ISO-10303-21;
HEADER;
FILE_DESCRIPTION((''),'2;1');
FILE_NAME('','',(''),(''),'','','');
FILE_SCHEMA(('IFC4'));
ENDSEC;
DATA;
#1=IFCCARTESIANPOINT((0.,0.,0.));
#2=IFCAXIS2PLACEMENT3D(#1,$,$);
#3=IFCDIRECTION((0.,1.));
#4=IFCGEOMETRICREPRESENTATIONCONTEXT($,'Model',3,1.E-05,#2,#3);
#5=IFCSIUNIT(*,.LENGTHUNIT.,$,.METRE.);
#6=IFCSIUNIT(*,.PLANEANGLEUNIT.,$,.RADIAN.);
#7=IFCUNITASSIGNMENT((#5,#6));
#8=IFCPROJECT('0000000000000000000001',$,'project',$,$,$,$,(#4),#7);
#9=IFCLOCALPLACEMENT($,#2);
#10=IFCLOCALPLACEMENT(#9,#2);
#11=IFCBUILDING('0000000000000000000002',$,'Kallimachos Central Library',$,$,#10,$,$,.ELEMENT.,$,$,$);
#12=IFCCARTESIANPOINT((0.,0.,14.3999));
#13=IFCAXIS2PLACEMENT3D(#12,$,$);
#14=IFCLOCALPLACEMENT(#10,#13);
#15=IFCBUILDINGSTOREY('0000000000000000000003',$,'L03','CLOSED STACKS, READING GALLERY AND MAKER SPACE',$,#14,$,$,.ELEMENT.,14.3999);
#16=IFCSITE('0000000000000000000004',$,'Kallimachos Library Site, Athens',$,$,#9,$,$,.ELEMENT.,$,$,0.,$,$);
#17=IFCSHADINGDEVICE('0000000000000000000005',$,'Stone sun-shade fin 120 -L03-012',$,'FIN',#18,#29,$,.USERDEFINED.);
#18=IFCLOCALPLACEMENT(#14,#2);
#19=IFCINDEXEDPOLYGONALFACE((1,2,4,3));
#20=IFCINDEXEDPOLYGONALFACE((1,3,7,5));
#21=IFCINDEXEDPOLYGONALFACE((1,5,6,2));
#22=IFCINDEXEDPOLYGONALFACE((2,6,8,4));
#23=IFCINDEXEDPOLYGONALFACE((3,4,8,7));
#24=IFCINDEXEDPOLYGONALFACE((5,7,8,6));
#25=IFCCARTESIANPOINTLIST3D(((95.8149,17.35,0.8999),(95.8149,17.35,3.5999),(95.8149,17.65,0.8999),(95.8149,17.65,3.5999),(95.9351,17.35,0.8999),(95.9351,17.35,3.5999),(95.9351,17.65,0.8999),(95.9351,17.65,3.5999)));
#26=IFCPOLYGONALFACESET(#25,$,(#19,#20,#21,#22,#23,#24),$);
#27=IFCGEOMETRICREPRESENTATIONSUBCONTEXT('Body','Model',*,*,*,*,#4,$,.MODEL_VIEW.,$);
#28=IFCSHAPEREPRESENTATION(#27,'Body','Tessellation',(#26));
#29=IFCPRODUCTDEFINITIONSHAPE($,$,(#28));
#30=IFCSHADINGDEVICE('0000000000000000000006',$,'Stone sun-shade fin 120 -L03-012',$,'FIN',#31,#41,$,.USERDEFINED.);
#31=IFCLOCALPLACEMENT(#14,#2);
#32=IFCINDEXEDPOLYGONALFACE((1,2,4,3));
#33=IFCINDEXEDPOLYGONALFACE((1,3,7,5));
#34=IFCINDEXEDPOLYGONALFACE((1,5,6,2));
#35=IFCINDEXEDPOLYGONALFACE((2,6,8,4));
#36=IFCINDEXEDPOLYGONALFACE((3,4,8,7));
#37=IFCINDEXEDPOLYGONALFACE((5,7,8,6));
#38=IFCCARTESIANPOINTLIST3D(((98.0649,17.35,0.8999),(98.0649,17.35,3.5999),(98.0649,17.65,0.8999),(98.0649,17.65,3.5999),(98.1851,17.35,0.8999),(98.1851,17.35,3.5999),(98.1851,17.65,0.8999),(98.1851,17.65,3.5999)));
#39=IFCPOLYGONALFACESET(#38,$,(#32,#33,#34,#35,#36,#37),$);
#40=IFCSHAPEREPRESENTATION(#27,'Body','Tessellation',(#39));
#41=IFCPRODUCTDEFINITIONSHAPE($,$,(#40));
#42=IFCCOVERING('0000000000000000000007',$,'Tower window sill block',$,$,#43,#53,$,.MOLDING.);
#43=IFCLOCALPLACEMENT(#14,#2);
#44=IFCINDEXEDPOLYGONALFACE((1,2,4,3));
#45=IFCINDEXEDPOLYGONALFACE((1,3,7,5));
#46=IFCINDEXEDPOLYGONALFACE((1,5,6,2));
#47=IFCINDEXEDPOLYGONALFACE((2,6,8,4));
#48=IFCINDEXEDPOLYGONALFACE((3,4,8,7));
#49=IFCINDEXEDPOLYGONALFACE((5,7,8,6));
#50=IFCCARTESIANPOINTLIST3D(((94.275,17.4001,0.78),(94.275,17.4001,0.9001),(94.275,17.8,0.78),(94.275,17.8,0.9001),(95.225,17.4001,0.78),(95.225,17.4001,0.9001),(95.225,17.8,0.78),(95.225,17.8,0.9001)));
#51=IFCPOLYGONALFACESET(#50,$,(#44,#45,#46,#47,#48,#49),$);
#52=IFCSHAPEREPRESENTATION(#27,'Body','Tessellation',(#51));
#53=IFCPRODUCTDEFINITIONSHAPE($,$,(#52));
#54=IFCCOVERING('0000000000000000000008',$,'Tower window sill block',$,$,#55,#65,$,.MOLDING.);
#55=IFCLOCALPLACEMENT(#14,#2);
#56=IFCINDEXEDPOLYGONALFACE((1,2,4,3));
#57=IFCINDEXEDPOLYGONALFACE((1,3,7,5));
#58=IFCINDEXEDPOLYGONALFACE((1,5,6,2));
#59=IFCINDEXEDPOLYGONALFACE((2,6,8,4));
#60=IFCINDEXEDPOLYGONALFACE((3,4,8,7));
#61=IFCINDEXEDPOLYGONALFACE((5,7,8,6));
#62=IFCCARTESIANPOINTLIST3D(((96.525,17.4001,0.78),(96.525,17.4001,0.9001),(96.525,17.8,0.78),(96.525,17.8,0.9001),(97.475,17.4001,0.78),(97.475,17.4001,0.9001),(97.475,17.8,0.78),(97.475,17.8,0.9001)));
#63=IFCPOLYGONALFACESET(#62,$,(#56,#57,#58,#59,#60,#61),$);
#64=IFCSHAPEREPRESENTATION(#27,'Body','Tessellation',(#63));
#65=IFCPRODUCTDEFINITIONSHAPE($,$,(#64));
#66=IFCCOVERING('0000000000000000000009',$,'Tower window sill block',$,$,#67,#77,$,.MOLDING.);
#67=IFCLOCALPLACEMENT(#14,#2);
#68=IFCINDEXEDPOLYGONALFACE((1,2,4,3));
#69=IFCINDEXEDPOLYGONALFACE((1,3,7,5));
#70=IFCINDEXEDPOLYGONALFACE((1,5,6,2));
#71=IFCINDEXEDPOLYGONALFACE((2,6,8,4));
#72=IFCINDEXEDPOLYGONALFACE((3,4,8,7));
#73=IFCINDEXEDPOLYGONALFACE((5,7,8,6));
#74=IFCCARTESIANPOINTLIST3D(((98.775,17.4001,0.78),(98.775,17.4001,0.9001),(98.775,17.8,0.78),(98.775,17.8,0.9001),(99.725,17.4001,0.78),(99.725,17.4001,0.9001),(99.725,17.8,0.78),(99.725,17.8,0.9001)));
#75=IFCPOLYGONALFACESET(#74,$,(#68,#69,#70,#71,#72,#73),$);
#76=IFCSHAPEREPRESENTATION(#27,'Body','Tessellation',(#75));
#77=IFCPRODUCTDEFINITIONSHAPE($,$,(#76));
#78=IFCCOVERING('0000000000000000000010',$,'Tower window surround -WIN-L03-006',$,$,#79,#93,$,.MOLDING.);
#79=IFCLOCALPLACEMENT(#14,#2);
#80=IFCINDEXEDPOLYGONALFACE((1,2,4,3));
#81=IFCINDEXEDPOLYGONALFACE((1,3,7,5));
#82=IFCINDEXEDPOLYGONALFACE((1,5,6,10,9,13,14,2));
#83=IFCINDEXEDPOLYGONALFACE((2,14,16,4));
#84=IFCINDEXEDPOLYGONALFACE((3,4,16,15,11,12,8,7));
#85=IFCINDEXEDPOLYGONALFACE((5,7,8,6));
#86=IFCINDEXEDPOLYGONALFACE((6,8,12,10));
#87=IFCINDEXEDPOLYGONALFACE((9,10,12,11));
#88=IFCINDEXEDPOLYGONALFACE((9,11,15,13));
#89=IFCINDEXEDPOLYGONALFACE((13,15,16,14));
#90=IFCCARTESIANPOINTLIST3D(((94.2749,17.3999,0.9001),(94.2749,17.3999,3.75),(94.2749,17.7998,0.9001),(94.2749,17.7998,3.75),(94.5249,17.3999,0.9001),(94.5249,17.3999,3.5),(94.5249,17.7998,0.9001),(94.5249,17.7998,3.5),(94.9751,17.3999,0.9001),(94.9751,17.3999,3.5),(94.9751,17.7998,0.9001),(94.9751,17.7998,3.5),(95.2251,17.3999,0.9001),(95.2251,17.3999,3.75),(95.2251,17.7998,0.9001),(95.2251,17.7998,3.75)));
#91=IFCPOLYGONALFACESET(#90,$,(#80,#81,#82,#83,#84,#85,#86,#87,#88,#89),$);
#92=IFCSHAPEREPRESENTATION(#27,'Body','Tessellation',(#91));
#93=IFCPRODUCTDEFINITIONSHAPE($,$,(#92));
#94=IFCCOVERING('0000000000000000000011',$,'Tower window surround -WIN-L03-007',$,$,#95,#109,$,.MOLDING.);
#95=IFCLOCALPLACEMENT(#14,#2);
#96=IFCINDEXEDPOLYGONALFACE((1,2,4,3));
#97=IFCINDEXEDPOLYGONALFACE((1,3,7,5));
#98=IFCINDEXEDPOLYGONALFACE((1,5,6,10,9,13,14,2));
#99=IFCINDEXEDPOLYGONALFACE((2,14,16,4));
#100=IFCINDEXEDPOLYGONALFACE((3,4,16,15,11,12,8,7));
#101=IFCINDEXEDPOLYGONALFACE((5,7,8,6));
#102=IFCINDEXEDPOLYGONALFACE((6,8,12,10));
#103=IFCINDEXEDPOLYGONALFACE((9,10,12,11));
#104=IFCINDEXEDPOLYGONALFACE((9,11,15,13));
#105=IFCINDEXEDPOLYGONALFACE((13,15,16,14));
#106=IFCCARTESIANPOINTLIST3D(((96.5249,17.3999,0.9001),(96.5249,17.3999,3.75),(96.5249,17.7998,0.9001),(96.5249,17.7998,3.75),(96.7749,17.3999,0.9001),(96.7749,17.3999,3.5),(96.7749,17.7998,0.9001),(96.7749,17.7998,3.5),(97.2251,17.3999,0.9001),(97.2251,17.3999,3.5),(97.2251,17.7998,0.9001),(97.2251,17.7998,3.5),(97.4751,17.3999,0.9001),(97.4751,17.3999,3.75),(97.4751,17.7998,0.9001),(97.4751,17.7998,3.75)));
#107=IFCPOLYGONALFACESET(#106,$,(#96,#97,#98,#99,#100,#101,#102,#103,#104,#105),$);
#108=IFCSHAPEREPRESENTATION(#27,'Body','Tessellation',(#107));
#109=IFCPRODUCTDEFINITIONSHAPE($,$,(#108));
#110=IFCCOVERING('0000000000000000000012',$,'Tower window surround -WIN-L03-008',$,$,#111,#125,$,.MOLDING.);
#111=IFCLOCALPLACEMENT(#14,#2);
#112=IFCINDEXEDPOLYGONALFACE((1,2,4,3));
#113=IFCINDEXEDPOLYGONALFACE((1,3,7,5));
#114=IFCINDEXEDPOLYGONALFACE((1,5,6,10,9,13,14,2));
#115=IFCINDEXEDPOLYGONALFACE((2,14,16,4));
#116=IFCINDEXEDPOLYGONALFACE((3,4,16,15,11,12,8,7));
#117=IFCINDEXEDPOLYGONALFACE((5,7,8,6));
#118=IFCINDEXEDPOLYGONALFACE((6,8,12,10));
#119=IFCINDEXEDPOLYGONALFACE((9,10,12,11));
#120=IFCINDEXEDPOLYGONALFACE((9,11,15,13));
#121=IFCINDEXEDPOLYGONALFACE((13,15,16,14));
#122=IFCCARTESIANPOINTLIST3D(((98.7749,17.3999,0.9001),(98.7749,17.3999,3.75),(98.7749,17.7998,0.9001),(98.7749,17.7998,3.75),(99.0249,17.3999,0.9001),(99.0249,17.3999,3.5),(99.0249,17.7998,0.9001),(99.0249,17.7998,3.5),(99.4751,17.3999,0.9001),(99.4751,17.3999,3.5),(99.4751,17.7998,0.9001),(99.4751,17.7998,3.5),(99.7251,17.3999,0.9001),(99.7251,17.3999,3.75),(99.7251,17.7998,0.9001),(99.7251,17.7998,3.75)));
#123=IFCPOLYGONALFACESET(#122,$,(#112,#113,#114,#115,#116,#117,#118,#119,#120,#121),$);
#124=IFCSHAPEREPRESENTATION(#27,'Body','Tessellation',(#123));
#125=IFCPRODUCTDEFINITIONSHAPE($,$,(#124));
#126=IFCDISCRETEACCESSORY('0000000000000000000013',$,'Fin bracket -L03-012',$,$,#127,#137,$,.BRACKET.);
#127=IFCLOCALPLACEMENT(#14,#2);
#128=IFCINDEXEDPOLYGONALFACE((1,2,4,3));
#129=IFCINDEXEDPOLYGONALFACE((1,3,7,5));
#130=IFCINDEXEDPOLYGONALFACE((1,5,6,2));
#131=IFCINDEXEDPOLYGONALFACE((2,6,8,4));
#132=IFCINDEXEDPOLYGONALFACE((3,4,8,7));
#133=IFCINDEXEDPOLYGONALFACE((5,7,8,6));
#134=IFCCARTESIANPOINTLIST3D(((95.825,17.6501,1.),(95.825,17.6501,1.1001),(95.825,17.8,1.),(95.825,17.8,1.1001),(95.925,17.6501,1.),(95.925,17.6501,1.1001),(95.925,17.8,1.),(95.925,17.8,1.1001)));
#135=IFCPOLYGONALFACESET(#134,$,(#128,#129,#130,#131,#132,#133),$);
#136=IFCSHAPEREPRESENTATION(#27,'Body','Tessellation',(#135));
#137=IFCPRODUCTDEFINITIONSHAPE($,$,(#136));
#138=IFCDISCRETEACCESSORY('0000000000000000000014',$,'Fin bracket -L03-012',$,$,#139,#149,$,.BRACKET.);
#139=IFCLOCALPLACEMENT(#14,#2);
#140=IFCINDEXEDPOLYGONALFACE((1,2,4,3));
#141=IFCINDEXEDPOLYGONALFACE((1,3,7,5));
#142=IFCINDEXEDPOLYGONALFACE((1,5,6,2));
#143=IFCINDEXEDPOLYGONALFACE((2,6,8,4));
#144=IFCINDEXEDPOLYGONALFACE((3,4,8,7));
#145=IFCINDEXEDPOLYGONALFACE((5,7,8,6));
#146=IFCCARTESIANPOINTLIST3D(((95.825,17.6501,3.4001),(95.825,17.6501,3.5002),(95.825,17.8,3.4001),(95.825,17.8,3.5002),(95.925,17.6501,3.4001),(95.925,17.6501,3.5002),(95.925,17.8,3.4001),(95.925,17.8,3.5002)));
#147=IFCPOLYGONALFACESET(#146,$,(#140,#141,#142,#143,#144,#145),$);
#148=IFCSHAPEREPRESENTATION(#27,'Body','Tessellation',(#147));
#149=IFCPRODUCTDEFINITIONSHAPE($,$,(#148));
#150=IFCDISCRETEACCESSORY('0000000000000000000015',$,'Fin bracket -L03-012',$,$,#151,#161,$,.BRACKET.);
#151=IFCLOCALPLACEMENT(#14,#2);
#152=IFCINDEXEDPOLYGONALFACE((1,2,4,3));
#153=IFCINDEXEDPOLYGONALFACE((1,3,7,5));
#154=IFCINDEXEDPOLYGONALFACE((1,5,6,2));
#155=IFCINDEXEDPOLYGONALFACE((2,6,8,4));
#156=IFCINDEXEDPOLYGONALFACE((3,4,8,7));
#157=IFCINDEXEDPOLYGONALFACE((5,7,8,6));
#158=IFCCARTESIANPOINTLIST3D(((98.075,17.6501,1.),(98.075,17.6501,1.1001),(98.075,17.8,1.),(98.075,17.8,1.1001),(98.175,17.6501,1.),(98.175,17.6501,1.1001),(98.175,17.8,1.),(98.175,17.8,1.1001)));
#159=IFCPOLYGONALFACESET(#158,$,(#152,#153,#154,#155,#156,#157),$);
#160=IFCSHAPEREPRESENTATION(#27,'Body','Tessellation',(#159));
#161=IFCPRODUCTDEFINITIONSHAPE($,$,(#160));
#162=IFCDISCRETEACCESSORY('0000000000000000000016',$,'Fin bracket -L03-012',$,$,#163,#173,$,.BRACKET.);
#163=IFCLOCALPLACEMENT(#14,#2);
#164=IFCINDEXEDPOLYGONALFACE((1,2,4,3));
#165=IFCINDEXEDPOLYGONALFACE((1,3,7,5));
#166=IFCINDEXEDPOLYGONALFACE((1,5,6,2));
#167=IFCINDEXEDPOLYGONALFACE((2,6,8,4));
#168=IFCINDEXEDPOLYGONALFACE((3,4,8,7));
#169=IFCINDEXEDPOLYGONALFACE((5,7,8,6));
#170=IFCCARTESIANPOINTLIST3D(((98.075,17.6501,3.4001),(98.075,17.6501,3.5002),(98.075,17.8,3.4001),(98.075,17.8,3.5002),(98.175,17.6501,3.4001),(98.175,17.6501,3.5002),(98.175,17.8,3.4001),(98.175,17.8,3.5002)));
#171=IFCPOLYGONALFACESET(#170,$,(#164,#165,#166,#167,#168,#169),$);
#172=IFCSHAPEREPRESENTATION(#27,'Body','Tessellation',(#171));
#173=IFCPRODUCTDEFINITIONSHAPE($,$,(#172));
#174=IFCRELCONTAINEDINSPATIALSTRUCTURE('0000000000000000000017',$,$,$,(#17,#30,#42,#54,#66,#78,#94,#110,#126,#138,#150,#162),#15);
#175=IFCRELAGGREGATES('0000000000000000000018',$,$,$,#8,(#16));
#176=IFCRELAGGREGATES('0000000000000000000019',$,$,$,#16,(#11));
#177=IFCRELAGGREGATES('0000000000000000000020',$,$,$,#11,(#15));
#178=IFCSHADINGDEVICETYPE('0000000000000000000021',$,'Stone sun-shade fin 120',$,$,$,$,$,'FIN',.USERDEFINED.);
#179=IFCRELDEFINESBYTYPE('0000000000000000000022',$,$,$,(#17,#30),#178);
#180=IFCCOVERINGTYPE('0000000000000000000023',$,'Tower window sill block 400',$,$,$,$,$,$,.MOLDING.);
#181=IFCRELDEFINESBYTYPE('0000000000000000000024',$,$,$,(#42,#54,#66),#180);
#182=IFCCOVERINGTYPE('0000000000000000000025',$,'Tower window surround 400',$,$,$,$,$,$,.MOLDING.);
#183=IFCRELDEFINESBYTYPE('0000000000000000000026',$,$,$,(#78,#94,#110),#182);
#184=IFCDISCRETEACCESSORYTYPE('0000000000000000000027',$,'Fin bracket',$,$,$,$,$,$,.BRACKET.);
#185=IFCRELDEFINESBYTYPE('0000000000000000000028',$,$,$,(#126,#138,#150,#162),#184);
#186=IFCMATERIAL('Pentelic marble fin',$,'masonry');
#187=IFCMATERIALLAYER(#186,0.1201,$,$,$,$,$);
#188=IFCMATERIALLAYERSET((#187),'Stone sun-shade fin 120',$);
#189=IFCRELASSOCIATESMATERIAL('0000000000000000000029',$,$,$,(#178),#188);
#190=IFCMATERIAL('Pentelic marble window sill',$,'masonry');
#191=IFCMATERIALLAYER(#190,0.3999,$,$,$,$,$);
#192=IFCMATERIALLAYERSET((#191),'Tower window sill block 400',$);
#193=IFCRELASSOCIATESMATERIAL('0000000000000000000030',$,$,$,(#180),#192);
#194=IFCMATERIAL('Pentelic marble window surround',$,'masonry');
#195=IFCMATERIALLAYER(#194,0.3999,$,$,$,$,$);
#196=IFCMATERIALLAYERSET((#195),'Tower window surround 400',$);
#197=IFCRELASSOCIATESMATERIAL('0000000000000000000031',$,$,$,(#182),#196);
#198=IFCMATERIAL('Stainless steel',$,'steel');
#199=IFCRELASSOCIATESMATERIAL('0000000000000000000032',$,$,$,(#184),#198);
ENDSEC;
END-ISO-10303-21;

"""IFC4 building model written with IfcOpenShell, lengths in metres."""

from ifc_helpers import new_model, si_unit, direction, frame, origin, origin_2d, place, context, subcontext, project, spatial, polyline, rectangle, outline, extrude, material, layer, layer_set, type_object, element, save


model = new_model("IFC4")

# Units and contexts
model_context = context("Model", 3, precision=1e-05, world=origin(), true_north=direction((0.0, 1.0)))
body_context = subcontext(model_context, "Body", "Model", "MODEL_VIEW")
ifc_project = project(units=[si_unit("LENGTHUNIT", "METRE"), si_unit("PLANEANGLEUNIT", "RADIAN")], contexts=[model_context])

# Site, building, storey
site_placement = place(None, origin())
site = spatial("IfcSite", under=ifc_project, at=site_placement, Name="Kallimachos Library Site, Athens", CompositionType="ELEMENT", RefElevation=0.0)
building_placement = place(site_placement, origin())
building = spatial("IfcBuilding", under=site, at=building_placement, Name="Kallimachos Central Library", CompositionType="ELEMENT")
storey_placement = place(building_placement, frame((0.0, 0.0, 14.3999)))
storey = spatial("IfcBuildingStorey", under=building, at=storey_placement, Name="L03", Description="CLOSED STACKS, READING GALLERY AND MAKER SPACE", CompositionType="ELEMENT", Elevation=14.3999)

# Shading devices
ifc_material_1 = material(Name="Pentelic marble fin", Category="masonry")
ifc_layer_1 = layer(ifc_material_1, 0.1201)
ifc_layer_set_1 = layer_set([ifc_layer_1], Name="Stone sun-shade fin 120")
shading_device_type = type_object("IfcShadingDeviceType", Name="Stone sun-shade fin 120", ElementType="FIN", PredefinedType="USERDEFINED", material=ifc_layer_set_1)
for number, where, z_axis, x_axis, name in (
    (1, (95.875, 17.5, 0.8999), (0.0, 0.0, 1.0), (1.0, 0.0, 0.0), "Stone sun-shade fin 120 -L03-012"),
    (2, (98.125, 17.5, 0.8999), (0.0, 0.0, 1.0), (1.0, 0.0, 0.0), "Stone sun-shade fin 120 -L03-012"),
):
    element("IfcShadingDevice", number, at=place(storey_placement, frame(where, z_axis=z_axis, x_axis=x_axis)), inside=storey, type_object=shading_device_type, Name=name, ObjectType="FIN", PredefinedType="USERDEFINED", context=body_context, shape_type="SweptSolid", body=[
        extrude(rectangle(XDim=0.1201, YDim=0.3, at=origin_2d()), origin(), (0.0, 0.0, 1.0), 2.7),
    ])

# Coverings
ifc_material_2 = material(Name="Pentelic marble window sill", Category="masonry")
ifc_layer_2 = layer(ifc_material_2, 0.3999)
ifc_layer_set_2 = layer_set([ifc_layer_2], Name="Tower window sill block 400")
covering_type_1 = type_object("IfcCoveringType", Name="Tower window sill block 400", PredefinedType="MOLDING", material=ifc_layer_set_2)
for number, where, z_axis, x_axis, name in (
    (3, (94.75, 17.6001, 0.78), (0.0, 0.0, 1.0), (1.0, 0.0, 0.0), "Tower window sill block"),
    (4, (97.0, 17.6001, 0.78), (0.0, 0.0, 1.0), (1.0, 0.0, 0.0), "Tower window sill block"),
    (5, (99.25, 17.6001, 0.78), (0.0, 0.0, 1.0), (1.0, 0.0, 0.0), "Tower window sill block"),
):
    element("IfcCovering", number, at=place(storey_placement, frame(where, z_axis=z_axis, x_axis=x_axis)), inside=storey, type_object=covering_type_1, Name=name, PredefinedType="MOLDING", context=body_context, shape_type="SweptSolid", body=[
        extrude(rectangle(XDim=0.95, YDim=0.3999, at=origin_2d()), origin(), (0.0, 0.0, 1.0), 0.1201),
    ])
ifc_material_3 = material(Name="Pentelic marble window surround", Category="masonry")
ifc_layer_3 = layer(ifc_material_3, 0.3999)
ifc_layer_set_3 = layer_set([ifc_layer_3], Name="Tower window surround 400")
covering_type_2 = type_object("IfcCoveringType", Name="Tower window surround 400", PredefinedType="MOLDING", material=ifc_layer_set_3)
for number, where, z_axis, x_axis, name in (
    (6, (94.5249, 17.3999, 0.9001), (0.0, -1.0, 0.0), (0.0, 0.0, 1.0), "Tower window surround -WIN-L03-006"),
    (7, (96.7749, 17.3999, 0.9001), (0.0, -1.0, 0.0), (0.0, 0.0, 1.0), "Tower window surround -WIN-L03-007"),
    (8, (99.0249, 17.3999, 0.9001), (0.0, -1.0, 0.0), (0.0, 0.0, 1.0), "Tower window surround -WIN-L03-008"),
):
    element("IfcCovering", number, at=place(storey_placement, frame(where, z_axis=z_axis, x_axis=x_axis)), inside=storey, type_object=covering_type_2, Name=name, PredefinedType="MOLDING", context=body_context, shape_type="SweptSolid", body=[
        extrude(outline(polyline([(0.0, 0.0), (2.5999, 0.0), (2.5999, -0.4502), (0.0, -0.4502), (0.0, -0.7002), (2.8499, -0.7002), (2.8499, 0.25), (0.0, 0.25), (0.0, 0.0)])), origin(), (0.0, 0.0, -1.0), 0.3999),
    ])

# Discrete accessories
ifc_material_4 = material(Name="Stainless steel", Category="steel")
discrete_accessory_type = type_object("IfcDiscreteAccessoryType", Name="Fin bracket", PredefinedType="BRACKET", material=ifc_material_4)
for number, where, z_axis, x_axis, name in (
    (9, (95.875, 17.7251, 1.0), (0.0, 0.0, 1.0), (1.0, 0.0, 0.0), "Fin bracket -L03-012"),
    (10, (95.875, 17.7251, 3.4001), (0.0, 0.0, 1.0), (1.0, 0.0, 0.0), "Fin bracket -L03-012"),
    (11, (98.125, 17.7251, 1.0), (0.0, 0.0, 1.0), (1.0, 0.0, 0.0), "Fin bracket -L03-012"),
    (12, (98.125, 17.7251, 3.4001), (0.0, 0.0, 1.0), (1.0, 0.0, 0.0), "Fin bracket -L03-012"),
):
    element("IfcDiscreteAccessory", number, at=place(storey_placement, frame(where, z_axis=z_axis, x_axis=x_axis)), inside=storey, type_object=discrete_accessory_type, Name=name, PredefinedType="BRACKET", context=body_context, shape_type="SweptSolid", body=[
        extrude(rectangle(XDim=0.1001, YDim=0.1499, at=origin_2d()), origin(), (0.0, 0.0, 1.0), 0.1001),
    ])

save(model, "model.ifc")
